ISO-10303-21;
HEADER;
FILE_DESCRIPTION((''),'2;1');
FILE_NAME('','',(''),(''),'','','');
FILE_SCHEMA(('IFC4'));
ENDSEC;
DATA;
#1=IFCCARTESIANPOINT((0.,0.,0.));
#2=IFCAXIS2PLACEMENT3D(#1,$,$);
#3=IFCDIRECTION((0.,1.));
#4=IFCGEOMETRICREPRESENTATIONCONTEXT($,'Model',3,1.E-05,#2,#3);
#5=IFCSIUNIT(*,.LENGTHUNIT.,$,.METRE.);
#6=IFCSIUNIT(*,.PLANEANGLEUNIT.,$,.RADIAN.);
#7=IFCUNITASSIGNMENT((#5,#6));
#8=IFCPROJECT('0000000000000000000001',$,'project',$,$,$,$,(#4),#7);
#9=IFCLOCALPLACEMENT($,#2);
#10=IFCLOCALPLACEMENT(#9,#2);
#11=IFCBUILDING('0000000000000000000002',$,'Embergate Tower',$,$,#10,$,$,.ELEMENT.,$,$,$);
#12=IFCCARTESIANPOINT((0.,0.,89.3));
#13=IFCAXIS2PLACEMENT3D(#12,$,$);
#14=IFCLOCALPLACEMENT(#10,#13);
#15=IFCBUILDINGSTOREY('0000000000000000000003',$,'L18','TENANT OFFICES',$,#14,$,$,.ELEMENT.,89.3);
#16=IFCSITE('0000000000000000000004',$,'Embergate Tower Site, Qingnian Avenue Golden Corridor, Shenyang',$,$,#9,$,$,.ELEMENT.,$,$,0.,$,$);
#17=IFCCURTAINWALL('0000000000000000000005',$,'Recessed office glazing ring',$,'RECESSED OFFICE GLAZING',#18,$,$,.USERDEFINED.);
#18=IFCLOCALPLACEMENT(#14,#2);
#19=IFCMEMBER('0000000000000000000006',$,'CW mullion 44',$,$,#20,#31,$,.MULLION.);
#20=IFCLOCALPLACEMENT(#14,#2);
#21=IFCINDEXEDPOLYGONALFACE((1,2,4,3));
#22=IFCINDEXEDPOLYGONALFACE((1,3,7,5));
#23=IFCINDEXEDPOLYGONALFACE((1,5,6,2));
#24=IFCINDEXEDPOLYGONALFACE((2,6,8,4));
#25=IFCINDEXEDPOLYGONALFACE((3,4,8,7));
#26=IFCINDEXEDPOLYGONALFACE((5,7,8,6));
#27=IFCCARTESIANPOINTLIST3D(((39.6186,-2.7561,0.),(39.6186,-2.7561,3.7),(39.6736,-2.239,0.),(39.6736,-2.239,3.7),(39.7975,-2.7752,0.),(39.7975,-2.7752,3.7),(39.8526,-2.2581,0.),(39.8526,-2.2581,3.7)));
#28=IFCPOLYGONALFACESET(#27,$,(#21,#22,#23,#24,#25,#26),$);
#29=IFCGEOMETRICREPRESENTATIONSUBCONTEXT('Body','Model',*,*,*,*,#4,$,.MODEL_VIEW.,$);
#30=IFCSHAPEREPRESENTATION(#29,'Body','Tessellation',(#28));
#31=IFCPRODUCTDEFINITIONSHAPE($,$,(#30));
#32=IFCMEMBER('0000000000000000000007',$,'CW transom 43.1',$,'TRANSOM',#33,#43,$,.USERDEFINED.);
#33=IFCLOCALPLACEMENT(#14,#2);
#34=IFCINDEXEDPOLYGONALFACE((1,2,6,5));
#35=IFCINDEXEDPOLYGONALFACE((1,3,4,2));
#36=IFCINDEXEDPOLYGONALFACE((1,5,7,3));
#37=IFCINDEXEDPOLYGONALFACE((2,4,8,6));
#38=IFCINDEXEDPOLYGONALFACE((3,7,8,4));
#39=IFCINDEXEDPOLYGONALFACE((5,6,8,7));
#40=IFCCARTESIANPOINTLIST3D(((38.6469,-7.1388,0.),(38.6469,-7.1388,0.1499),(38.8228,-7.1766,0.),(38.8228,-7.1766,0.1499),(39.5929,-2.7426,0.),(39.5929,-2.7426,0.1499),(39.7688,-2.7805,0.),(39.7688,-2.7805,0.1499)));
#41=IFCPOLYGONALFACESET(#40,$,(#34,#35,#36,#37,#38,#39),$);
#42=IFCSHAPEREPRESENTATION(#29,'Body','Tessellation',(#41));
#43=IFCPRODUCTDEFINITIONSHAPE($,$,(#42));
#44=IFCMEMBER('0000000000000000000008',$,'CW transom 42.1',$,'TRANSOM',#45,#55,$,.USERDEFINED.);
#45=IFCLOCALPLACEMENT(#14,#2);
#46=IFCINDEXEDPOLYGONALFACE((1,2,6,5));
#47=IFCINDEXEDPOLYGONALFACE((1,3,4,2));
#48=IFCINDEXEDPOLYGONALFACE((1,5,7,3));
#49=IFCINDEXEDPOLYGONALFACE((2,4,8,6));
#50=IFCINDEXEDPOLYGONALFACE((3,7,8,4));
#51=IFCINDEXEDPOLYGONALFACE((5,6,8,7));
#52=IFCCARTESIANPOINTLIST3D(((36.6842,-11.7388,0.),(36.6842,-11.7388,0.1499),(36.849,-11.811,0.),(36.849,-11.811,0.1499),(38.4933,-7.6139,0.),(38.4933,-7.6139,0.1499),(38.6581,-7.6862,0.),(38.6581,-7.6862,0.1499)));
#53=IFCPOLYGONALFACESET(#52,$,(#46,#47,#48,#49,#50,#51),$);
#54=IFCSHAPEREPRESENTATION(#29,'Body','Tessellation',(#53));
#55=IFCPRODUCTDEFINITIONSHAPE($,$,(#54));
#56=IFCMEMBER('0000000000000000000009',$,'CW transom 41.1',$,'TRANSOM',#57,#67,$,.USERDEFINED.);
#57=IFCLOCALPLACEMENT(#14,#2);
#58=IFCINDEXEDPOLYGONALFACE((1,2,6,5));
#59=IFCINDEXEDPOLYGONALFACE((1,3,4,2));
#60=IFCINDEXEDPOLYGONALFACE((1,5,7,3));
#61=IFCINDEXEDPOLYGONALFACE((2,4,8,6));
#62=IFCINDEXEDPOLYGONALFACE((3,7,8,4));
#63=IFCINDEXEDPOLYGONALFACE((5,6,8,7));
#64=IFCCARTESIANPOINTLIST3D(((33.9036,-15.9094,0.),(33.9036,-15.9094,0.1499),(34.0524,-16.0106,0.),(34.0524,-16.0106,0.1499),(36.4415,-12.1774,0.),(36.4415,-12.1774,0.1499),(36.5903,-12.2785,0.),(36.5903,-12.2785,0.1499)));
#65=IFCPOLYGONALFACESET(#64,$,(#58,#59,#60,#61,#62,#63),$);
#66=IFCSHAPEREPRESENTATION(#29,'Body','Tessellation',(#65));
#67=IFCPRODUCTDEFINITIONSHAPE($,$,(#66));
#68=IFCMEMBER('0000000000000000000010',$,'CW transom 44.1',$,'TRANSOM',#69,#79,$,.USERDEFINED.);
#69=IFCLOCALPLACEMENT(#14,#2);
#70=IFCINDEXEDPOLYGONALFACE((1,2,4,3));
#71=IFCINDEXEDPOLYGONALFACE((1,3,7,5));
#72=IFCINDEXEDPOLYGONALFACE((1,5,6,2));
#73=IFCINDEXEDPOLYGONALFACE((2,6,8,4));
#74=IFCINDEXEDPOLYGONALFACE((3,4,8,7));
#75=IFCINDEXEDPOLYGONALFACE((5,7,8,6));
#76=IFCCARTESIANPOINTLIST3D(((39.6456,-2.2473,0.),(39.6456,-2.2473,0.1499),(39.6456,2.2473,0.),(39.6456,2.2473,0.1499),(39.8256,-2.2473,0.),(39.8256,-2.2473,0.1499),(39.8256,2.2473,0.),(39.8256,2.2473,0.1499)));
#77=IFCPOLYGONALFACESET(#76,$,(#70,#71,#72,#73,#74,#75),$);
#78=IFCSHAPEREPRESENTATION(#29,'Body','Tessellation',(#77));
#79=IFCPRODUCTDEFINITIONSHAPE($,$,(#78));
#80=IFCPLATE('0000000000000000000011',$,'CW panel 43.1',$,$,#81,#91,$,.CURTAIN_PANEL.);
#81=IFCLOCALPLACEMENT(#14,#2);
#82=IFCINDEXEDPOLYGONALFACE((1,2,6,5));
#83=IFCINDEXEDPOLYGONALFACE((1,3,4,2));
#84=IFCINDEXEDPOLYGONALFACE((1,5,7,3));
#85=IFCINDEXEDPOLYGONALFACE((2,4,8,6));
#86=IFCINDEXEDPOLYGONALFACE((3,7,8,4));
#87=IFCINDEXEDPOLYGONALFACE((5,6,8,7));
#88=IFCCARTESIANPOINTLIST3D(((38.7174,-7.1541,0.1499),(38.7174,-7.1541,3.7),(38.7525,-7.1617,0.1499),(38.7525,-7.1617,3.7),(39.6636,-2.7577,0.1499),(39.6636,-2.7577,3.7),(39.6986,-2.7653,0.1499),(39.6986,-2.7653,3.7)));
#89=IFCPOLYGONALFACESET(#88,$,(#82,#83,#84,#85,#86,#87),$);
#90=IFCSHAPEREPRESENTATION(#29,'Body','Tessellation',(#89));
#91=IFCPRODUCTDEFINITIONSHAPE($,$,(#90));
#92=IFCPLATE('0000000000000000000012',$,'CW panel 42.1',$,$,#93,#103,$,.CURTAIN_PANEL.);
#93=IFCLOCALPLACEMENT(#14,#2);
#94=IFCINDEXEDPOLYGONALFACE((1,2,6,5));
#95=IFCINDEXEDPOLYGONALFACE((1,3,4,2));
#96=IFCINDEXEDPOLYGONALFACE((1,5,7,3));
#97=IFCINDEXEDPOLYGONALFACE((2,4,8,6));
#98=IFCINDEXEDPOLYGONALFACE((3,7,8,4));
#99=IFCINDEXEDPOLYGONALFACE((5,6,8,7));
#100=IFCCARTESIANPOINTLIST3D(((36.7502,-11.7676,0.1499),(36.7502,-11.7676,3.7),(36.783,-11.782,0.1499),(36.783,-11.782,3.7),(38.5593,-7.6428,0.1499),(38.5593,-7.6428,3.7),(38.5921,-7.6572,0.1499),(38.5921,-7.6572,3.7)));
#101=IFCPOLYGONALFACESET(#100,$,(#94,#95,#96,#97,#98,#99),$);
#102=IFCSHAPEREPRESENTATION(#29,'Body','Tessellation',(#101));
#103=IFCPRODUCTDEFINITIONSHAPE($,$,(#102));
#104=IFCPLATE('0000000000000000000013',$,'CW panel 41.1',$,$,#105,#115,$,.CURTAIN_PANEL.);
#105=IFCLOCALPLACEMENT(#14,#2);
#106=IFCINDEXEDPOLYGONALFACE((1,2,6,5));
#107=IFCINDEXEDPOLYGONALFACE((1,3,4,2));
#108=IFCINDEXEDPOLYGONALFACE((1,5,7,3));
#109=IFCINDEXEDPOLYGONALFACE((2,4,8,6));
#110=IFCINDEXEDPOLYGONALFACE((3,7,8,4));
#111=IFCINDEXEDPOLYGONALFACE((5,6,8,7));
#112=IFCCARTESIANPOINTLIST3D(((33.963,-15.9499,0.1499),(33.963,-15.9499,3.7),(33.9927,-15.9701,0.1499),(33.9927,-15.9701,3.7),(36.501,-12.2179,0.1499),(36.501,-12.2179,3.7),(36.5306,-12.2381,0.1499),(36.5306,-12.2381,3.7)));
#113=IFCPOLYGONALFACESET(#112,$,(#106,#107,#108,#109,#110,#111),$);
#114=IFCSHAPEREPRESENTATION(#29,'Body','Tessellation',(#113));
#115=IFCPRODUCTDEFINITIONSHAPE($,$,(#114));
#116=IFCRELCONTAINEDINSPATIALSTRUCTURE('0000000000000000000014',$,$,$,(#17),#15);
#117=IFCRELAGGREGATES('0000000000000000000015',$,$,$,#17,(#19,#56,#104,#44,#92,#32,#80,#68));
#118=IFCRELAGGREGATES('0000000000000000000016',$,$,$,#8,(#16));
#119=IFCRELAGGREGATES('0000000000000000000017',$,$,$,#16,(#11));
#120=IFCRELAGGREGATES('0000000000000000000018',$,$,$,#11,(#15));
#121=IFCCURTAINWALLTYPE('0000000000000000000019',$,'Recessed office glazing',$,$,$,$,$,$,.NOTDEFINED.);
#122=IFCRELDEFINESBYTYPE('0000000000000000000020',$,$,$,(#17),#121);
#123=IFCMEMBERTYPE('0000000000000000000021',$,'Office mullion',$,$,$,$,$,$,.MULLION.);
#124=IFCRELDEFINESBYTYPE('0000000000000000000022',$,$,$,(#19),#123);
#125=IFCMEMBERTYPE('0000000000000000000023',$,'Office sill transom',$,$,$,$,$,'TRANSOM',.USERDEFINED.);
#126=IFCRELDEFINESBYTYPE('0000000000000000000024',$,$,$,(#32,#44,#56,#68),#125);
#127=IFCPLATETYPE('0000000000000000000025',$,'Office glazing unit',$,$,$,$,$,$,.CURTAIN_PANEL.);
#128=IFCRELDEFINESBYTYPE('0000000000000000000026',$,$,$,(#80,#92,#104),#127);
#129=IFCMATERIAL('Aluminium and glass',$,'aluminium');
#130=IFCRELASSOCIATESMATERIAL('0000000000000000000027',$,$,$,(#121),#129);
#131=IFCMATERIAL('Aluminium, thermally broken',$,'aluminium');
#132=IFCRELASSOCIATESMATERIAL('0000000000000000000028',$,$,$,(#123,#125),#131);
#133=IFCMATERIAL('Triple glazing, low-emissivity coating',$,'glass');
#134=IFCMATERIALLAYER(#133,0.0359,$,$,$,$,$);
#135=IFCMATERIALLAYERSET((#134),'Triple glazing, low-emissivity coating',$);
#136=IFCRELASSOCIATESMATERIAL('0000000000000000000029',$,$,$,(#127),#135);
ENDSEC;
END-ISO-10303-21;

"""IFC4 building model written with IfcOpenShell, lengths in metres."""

from ifc_helpers import new_model, si_unit, direction, frame, origin, origin_2d, place, context, subcontext, project, spatial, rectangle, extrude, source, transform, mapped, material, layer, layer_set, material_profile, profile_set, type_object, element, aggregate, save


model = new_model("IFC4")

# Units and contexts
model_context = context("Model", 3, precision=1e-05, world=origin(), true_north=direction((0.0, 1.0)))
body_context = subcontext(model_context, "Body", "Model", "MODEL_VIEW")
ifc_project = project(units=[si_unit("LENGTHUNIT", "METRE"), si_unit("PLANEANGLEUNIT", "RADIAN")], contexts=[model_context])

# Site, building, storey
site_placement = place(None, origin())
site = spatial("IfcSite", under=ifc_project, at=site_placement, Name="Embergate Tower Site, Qingnian Avenue Golden Corridor, Shenyang", CompositionType="ELEMENT", RefElevation=0.0)
building_placement = place(site_placement, origin())
building = spatial("IfcBuilding", under=site, at=building_placement, Name="Embergate Tower", CompositionType="ELEMENT")
storey_placement = place(building_placement, frame((0.0, 0.0, 89.3)))
storey = spatial("IfcBuildingStorey", under=building, at=storey_placement, Name="L18", Description="TENANT OFFICES", CompositionType="ELEMENT", Elevation=89.3)

# Curtain wall, members, plates
ifc_material_1 = material(Name="Aluminium and glass", Category="aluminium")
curtain_wall_type = type_object("IfcCurtainWallType", Name="Recessed office glazing", PredefinedType="NOTDEFINED", material=ifc_material_1)
curtain_wall_placement = place(storey_placement, origin())
curtain_wall = element("IfcCurtainWall", 1, at=curtain_wall_placement, inside=storey, type_object=curtain_wall_type, Name="Recessed office glazing ring", ObjectType="RECESSED OFFICE GLAZING", PredefinedType="USERDEFINED")
ifc_material_2 = material(Name="Aluminium, thermally broken", Category="aluminium")
ifc_material_profile_1 = material_profile(ifc_material_2, rectangle(XDim=0.1799, YDim=0.52, at=origin_2d()), Name="AL 520x180")
ifc_profile_set_1 = profile_set([ifc_material_profile_1], Name="Aluminium, thermally broken")
member_type_1 = type_object("IfcMemberType", Name="Office mullion", PredefinedType="MULLION", material=ifc_profile_set_1)
shared_shape_1 = source(origin(), body_context, "Body", "SweptSolid", [
    extrude(rectangle(XDim=0.1799, YDim=0.52, at=origin_2d()), origin(), (0.0, 0.0, 1.0), 3.7),
])
member_1_placement = place(storey_placement, frame((39.7356, -2.5071, 0.0), z_axis=(0.0, 0.0, 1.0), x_axis=(-0.994385, 0.105822, 0.0)))
member_1 = element("IfcMember", 2, at=member_1_placement, type_object=member_type_1, Name="CW mullion 44", PredefinedType="MULLION", context=body_context, shape_type="MappedRepresentation", body=[
    mapped(shared_shape_1, transform((0.0, 0.0, 0.0))),
])
ifc_material_profile_2 = material_profile(ifc_material_2, rectangle(XDim=0.1799, YDim=0.1499, at=origin_2d()), Name="AL 150x180")
ifc_profile_set_2 = profile_set([ifc_material_profile_2], Name="Aluminium, thermally broken")
member_type_2 = type_object("IfcMemberType", Name="Office sill transom", ElementType="TRANSOM", PredefinedType="USERDEFINED", material=ifc_profile_set_2)
shared_shape_2 = source(origin(), body_context, "Body", "SweptSolid", [
    extrude(rectangle(XDim=0.1799, YDim=0.1499, at=origin_2d()), origin(), (0.0, 0.0, 1.0), 4.4968),
])
member_2_placement = place(storey_placement, frame((38.7349, -7.1577, 0.075), z_axis=(0.210378, 0.97762, 0.0), x_axis=(-0.97762, 0.210378, 0.0)))
member_2 = element("IfcMember", 3, at=member_2_placement, type_object=member_type_2, Name="CW transom 43.1", ObjectType="TRANSOM", PredefinedType="USERDEFINED", context=body_context, shape_type="MappedRepresentation", body=[
    mapped(shared_shape_2, transform((0.0, 0.0, 0.0))),
])
shared_shape_3 = source(origin(), body_context, "Body", "SweptSolid", [
    extrude(rectangle(XDim=0.1799, YDim=0.1499, at=origin_2d()), origin(), (0.0, 0.0, 1.0), 4.5042),
])
member_3_placement = place(storey_placement, frame((36.7666, -11.7749, 0.075), z_axis=(0.401658, 0.91579, 0.0), x_axis=(-0.91579, 0.401658, 0.0)))
member_3 = element("IfcMember", 4, at=member_3_placement, type_object=member_type_2, Name="CW transom 42.1", ObjectType="TRANSOM", PredefinedType="USERDEFINED", context=body_context, shape_type="MappedRepresentation", body=[
    mapped(shared_shape_3, transform((0.0, 0.0, 0.0))),
])
shared_shape_4 = source(origin(), body_context, "Body", "SweptSolid", [
    extrude(rectangle(XDim=0.1799, YDim=0.1499, at=origin_2d()), origin(), (0.0, 0.0, 1.0), 4.5132),
])
member_4_placement = place(storey_placement, frame((33.978, -15.96, 0.075), z_axis=(0.562329, 0.826913, 0.0), x_axis=(-0.826913, 0.562329, 0.0)))
member_4 = element("IfcMember", 5, at=member_4_placement, type_object=member_type_2, Name="CW transom 41.1", ObjectType="TRANSOM", PredefinedType="USERDEFINED", context=body_context, shape_type="MappedRepresentation", body=[
    mapped(shared_shape_4, transform((0.0, 0.0, 0.0))),
])
shared_shape_5 = source(origin(), body_context, "Body", "SweptSolid", [
    extrude(rectangle(XDim=0.1799, YDim=0.1499, at=origin_2d()), origin(), (0.0, 0.0, 1.0), 4.4946),
])
member_5_placement = place(storey_placement, frame((39.7356, -2.2473, 0.075), z_axis=(0.0, 1.0, 0.0), x_axis=(-1.0, 0.0, 0.0)))
member_5 = element("IfcMember", 6, at=member_5_placement, type_object=member_type_2, Name="CW transom 44.1", ObjectType="TRANSOM", PredefinedType="USERDEFINED", context=body_context, shape_type="MappedRepresentation", body=[
    mapped(shared_shape_5, transform((0.0, 0.0, 0.0))),
])
ifc_material_3 = material(Name="Triple glazing, low-emissivity coating", Category="glass")
ifc_layer_1 = layer(ifc_material_3, 0.0359)
ifc_layer_set_1 = layer_set([ifc_layer_1], Name="Triple glazing, low-emissivity coating")
plate_type = type_object("IfcPlateType", Name="Office glazing unit", PredefinedType="CURTAIN_PANEL", material=ifc_layer_set_1)
shared_shape_6 = source(origin(), body_context, "Body", "SweptSolid", [
    extrude(rectangle(XDim=4.4971, YDim=0.0359, at=origin_2d()), origin(), (0.0, 0.0, 1.0), 3.55),
])
plate_1_placement = place(storey_placement, frame((39.208, -4.9597, 0.1499), z_axis=(0.0, 0.0, 1.0), x_axis=(0.210398, 0.977616, 0.0)))
plate_1 = element("IfcPlate", 7, at=plate_1_placement, type_object=plate_type, Name="CW panel 43.1", PredefinedType="CURTAIN_PANEL", context=body_context, shape_type="MappedRepresentation", body=[
    mapped(shared_shape_6, transform((0.0, 0.0, 0.0))),
])
shared_shape_7 = source(origin(), body_context, "Body", "SweptSolid", [
    extrude(rectangle(XDim=4.5042, YDim=0.0359, at=origin_2d()), origin(), (0.0, 0.0, 1.0), 3.55),
])
plate_2_placement = place(storey_placement, frame((37.6711, -9.7124, 0.1499), z_axis=(0.0, 0.0, 1.0), x_axis=(0.401652, 0.915792, 0.0)))
plate_2 = element("IfcPlate", 8, at=plate_2_placement, type_object=plate_type, Name="CW panel 42.1", PredefinedType="CURTAIN_PANEL", context=body_context, shape_type="MappedRepresentation", body=[
    mapped(shared_shape_7, transform((0.0, 0.0, 0.0))),
])
shared_shape_8 = source(origin(), body_context, "Body", "SweptSolid", [
    extrude(rectangle(XDim=4.5132, YDim=0.0359, at=origin_2d()), origin(), (0.0, 0.0, 1.0), 3.55),
])
plate_3_placement = place(storey_placement, frame((35.2468, -14.094, 0.1499), z_axis=(0.0, 0.0, 1.0), x_axis=(0.562343, 0.826904, 0.0)))
plate_3 = element("IfcPlate", 9, at=plate_3_placement, type_object=plate_type, Name="CW panel 41.1", PredefinedType="CURTAIN_PANEL", context=body_context, shape_type="MappedRepresentation", body=[
    mapped(shared_shape_8, transform((0.0, 0.0, 0.0))),
])
aggregate(curtain_wall, [member_1, member_4, plate_3, member_3, plate_2, member_2, plate_1, member_5])

save(model, "model.ifc")
